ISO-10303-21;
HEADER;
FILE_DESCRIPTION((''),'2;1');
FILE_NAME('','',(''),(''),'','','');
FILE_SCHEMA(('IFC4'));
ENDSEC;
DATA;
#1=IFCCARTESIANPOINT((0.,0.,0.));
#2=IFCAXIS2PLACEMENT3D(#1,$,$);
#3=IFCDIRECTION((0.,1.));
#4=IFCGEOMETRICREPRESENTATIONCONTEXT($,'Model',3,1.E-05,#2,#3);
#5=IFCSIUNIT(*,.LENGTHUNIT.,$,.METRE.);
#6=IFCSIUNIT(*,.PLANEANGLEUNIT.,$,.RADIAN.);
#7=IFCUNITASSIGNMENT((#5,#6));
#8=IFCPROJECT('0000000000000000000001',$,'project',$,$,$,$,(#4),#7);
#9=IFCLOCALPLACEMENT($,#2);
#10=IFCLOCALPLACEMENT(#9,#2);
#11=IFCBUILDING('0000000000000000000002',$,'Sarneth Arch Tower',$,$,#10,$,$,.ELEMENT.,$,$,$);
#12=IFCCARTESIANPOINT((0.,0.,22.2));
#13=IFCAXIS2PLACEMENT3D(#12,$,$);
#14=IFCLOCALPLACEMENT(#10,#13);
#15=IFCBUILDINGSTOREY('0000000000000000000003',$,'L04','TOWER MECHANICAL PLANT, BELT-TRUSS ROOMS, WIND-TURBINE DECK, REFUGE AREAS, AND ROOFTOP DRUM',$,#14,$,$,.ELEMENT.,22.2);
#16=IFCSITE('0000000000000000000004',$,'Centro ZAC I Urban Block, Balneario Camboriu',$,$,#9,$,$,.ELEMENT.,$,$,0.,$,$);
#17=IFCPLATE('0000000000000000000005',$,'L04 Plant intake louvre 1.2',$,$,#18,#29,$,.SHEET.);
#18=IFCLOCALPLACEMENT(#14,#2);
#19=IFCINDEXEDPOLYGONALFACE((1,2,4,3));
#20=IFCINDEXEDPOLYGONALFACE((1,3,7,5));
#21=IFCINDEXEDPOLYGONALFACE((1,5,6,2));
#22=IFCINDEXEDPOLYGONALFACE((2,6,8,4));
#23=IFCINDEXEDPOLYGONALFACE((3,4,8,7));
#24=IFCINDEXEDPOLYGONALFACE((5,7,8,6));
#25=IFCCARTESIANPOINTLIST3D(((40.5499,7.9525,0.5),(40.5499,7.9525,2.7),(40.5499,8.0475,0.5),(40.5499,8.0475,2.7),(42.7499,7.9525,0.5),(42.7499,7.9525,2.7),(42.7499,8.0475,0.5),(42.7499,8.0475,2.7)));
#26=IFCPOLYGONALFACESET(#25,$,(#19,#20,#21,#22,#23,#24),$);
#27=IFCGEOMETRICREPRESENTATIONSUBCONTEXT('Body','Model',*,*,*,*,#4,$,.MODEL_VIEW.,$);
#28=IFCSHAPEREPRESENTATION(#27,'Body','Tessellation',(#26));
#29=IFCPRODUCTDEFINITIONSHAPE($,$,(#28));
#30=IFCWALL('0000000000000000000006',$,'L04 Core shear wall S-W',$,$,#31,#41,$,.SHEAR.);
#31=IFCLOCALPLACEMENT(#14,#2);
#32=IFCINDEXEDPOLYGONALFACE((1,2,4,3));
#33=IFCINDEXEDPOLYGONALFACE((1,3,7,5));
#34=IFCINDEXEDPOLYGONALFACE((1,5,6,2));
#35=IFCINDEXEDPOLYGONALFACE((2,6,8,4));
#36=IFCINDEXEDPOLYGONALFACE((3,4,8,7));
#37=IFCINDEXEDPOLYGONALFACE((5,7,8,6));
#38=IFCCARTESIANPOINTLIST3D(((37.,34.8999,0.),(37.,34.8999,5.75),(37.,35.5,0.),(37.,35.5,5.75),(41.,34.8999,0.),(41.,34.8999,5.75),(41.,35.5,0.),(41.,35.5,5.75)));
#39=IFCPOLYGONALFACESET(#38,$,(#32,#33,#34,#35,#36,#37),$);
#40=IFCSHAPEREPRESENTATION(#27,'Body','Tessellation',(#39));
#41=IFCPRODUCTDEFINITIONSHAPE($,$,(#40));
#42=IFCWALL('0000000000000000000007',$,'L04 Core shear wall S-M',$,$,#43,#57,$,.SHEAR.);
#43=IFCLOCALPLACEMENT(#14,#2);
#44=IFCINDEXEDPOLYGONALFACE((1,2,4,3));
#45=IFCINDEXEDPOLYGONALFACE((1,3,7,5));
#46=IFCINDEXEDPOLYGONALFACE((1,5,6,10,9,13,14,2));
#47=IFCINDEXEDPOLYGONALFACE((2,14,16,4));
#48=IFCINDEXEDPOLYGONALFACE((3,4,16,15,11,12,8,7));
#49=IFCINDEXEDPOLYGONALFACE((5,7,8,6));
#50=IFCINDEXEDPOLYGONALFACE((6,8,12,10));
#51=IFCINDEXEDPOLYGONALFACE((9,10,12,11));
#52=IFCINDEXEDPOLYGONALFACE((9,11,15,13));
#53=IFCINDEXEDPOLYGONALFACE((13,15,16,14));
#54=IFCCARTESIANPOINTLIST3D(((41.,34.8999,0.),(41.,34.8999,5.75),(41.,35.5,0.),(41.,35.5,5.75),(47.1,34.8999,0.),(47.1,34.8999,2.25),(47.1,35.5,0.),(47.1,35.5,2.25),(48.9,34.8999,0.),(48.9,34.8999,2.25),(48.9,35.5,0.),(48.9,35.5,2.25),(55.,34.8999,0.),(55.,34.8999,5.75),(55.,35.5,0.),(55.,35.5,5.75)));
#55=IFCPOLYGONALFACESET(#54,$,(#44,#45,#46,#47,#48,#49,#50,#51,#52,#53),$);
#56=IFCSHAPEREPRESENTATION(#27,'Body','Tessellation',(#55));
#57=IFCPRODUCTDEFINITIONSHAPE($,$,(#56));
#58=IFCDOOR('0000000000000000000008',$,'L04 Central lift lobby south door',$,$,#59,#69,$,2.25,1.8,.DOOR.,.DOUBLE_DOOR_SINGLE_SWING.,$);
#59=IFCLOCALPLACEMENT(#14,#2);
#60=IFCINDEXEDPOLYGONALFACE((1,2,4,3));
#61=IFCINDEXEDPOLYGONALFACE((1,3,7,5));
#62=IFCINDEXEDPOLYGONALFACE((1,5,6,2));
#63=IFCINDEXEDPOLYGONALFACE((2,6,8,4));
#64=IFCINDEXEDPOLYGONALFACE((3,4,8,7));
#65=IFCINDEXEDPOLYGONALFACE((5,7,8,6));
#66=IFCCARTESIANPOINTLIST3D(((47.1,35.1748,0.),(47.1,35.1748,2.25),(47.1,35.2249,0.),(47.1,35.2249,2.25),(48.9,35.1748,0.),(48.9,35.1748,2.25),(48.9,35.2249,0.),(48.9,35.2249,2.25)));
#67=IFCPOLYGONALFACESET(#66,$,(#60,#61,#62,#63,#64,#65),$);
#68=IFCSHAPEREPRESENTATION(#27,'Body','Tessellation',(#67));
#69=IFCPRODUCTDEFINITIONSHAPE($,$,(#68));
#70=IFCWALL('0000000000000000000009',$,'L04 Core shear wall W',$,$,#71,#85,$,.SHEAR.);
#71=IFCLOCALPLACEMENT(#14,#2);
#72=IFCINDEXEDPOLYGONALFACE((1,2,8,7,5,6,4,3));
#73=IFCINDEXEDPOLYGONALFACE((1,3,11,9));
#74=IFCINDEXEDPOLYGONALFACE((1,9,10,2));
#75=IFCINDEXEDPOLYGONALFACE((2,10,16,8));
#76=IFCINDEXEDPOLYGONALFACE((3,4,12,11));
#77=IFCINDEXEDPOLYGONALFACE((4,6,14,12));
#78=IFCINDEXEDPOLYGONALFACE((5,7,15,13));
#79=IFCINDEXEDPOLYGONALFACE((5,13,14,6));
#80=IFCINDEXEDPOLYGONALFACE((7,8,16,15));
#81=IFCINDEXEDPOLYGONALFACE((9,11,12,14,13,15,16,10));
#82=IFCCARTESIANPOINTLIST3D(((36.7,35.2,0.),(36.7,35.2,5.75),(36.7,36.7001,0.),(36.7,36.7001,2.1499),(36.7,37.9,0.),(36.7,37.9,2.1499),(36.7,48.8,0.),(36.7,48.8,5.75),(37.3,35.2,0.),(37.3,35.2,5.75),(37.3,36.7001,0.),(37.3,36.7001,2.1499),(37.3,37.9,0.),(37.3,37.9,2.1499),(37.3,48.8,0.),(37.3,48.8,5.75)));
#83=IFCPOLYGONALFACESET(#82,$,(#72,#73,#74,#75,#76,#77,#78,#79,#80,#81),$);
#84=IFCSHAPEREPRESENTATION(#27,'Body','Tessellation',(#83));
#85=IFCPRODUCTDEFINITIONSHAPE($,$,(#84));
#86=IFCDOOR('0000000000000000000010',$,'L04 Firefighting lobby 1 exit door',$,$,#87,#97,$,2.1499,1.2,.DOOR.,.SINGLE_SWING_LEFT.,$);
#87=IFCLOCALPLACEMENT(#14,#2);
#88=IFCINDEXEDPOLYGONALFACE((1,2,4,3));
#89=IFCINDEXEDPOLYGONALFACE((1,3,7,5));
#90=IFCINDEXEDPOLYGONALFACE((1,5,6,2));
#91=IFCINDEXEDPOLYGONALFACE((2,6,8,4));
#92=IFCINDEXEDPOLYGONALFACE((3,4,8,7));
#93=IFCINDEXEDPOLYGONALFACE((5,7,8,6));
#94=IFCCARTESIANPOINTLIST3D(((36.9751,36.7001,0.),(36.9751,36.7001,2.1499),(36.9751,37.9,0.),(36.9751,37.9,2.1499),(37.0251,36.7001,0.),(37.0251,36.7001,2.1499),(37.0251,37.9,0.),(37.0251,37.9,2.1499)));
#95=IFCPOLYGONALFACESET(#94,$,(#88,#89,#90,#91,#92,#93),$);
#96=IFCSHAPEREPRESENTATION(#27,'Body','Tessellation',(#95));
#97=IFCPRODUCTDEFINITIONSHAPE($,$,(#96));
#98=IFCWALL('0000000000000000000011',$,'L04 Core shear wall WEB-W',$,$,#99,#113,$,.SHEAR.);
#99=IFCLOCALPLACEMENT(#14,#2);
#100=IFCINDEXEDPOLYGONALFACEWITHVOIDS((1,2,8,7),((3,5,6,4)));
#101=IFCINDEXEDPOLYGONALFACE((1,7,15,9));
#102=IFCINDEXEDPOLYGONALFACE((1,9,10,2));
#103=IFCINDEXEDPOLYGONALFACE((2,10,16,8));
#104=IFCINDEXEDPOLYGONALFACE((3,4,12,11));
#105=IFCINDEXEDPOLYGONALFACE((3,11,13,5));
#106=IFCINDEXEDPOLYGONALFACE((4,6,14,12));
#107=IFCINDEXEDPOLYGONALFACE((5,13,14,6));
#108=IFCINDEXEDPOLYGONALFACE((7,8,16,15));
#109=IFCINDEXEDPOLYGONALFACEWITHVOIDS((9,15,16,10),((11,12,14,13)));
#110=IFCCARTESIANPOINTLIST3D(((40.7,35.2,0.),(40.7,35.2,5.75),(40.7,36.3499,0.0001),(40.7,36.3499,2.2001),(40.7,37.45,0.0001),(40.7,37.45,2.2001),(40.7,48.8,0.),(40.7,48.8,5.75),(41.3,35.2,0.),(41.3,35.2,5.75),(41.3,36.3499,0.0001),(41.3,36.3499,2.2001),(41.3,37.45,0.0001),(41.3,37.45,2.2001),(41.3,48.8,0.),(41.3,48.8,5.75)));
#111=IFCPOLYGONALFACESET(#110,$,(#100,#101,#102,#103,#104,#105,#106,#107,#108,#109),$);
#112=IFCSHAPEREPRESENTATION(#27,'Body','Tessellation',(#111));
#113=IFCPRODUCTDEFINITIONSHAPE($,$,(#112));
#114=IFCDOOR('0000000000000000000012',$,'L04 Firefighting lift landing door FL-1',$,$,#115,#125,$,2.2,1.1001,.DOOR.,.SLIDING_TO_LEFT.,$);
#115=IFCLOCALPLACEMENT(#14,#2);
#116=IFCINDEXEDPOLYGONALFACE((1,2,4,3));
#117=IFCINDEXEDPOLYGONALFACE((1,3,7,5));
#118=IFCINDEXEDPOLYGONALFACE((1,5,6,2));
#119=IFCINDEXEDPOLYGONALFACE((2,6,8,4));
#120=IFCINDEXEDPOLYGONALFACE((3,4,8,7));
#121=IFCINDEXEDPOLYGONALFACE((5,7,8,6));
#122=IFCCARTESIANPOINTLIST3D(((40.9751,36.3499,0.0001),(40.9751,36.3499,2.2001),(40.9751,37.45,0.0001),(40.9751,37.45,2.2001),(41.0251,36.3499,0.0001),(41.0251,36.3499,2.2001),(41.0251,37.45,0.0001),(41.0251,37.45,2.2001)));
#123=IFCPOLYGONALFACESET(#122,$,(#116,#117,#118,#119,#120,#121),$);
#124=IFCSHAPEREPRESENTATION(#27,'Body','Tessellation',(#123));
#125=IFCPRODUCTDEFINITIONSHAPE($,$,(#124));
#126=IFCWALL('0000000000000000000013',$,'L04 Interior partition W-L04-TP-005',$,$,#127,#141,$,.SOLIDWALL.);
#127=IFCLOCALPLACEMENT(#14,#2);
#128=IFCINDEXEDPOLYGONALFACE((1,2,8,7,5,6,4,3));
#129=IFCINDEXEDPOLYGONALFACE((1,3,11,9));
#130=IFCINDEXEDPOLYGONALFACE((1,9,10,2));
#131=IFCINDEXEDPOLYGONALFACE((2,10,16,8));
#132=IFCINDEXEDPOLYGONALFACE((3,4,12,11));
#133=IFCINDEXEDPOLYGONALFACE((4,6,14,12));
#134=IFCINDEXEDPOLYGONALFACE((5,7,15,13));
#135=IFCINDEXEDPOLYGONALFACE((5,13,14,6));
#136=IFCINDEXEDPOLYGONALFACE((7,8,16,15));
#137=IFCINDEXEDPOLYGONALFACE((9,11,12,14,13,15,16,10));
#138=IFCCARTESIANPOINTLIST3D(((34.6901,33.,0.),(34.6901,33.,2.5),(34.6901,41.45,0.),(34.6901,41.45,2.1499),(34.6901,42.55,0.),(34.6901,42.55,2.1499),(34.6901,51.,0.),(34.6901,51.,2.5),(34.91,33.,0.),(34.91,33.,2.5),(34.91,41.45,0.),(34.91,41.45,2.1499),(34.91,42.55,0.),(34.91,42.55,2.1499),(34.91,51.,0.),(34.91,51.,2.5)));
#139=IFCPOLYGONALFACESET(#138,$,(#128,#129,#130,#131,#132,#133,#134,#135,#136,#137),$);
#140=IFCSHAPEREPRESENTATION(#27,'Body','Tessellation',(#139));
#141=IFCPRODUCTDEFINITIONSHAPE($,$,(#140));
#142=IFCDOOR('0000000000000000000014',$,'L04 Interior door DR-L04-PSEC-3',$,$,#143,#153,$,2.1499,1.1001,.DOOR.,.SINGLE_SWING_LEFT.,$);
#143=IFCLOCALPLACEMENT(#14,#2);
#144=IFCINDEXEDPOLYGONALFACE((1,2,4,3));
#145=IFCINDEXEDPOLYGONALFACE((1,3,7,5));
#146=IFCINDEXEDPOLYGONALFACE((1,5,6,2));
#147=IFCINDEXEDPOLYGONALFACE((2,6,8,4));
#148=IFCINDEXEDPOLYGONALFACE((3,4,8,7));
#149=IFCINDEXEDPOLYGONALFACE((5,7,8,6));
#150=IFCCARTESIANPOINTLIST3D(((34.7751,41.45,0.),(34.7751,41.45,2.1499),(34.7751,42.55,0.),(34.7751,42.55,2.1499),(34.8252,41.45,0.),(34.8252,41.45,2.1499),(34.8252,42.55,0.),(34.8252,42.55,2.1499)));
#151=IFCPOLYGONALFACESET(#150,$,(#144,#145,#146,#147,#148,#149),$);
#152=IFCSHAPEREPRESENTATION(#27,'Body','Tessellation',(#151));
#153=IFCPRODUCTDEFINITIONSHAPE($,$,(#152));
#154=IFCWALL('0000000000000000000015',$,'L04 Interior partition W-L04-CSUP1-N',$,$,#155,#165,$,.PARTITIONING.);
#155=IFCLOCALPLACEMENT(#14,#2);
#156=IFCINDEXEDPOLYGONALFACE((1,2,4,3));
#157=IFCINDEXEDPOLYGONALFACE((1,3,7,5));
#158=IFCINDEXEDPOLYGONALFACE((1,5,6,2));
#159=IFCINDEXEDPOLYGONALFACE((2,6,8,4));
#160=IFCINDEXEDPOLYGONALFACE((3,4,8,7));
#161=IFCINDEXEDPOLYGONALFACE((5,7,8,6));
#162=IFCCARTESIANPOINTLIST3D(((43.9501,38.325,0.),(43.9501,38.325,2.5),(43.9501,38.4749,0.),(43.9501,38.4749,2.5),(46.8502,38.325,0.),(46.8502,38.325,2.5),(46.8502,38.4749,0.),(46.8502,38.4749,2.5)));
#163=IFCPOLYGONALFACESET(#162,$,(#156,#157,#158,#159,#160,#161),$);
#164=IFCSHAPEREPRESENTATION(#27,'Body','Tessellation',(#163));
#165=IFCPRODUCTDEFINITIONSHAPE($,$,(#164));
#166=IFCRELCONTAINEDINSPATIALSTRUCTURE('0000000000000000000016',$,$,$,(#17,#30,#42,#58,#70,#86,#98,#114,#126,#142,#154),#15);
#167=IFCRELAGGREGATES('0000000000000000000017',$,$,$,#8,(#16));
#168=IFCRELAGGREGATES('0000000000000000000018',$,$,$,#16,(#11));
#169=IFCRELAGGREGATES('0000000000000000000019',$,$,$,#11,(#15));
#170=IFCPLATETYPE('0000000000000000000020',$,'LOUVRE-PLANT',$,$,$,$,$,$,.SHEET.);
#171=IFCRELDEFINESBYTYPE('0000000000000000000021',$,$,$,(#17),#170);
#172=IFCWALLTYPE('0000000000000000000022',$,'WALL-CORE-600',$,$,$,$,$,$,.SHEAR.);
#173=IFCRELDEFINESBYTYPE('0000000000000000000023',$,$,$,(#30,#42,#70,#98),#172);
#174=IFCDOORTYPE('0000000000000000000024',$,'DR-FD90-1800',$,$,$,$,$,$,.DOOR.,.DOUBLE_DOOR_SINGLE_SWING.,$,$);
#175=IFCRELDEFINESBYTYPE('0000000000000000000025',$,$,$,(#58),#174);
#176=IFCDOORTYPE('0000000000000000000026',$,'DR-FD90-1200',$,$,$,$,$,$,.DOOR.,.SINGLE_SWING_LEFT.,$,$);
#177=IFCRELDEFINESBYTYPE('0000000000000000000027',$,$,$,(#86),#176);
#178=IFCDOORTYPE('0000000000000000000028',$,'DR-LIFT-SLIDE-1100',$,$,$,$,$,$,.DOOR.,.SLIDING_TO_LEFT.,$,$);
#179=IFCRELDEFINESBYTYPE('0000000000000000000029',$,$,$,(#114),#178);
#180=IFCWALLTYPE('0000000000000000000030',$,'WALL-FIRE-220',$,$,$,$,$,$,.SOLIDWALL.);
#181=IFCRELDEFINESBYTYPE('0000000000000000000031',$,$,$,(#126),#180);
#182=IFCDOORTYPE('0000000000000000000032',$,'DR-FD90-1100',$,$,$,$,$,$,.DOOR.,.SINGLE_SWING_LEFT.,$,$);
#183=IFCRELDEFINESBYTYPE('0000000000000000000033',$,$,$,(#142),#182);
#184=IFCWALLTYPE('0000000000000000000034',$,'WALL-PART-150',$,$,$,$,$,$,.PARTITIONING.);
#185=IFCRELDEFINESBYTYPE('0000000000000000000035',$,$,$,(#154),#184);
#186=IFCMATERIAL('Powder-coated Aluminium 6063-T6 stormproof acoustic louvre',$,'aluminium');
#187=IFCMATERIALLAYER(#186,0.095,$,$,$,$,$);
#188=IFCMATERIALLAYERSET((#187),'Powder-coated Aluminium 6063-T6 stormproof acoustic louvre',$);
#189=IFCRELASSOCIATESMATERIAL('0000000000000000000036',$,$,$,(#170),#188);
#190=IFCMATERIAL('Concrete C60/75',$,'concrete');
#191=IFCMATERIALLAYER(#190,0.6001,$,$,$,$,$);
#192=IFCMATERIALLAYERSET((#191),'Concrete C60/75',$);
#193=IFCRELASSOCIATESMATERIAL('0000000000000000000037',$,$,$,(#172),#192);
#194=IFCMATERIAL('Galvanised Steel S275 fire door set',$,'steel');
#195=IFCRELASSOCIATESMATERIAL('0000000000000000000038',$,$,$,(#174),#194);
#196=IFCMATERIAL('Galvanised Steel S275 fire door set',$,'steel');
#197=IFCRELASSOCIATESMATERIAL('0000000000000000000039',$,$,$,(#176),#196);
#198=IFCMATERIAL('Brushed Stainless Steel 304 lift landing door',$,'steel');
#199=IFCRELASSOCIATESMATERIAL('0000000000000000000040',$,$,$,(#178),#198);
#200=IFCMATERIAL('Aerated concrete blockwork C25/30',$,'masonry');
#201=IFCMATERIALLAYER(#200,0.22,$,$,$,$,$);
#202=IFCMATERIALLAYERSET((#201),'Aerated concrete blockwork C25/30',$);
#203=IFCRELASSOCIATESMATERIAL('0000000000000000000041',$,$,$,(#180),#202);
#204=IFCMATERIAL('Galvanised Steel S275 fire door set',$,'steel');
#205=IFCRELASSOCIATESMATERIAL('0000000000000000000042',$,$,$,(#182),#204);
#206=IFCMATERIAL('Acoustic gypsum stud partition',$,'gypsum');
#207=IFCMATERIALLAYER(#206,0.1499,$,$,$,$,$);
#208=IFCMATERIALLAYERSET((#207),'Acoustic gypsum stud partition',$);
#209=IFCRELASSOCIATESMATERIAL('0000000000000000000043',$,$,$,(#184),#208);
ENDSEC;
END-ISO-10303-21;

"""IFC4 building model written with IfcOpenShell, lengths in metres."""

from ifc_helpers import new_model, si_unit, direction, frame, frame_2d, origin, origin_2d, place, context, subcontext, project, spatial, rectangle, extrude, material, layer, layer_set, type_object, element, fill, save


model = new_model("IFC4")

# Units and contexts
model_context = context("Model", 3, precision=1e-05, world=origin(), true_north=direction((0.0, 1.0)))
body_context = subcontext(model_context, "Body", "Model", "MODEL_VIEW")
ifc_project = project(units=[si_unit("LENGTHUNIT", "METRE"), si_unit("PLANEANGLEUNIT", "RADIAN")], contexts=[model_context])

# Site, building, storey
site_placement = place(None, origin())
site = spatial("IfcSite", under=ifc_project, at=site_placement, Name="Centro ZAC I Urban Block, Balneario Camboriu", CompositionType="ELEMENT", RefElevation=0.0)
building_placement = place(site_placement, origin())
building = spatial("IfcBuilding", under=site, at=building_placement, Name="Sarneth Arch Tower", CompositionType="ELEMENT")
storey_placement = place(building_placement, frame((0.0, 0.0, 22.2)))
storey = spatial("IfcBuildingStorey", under=building, at=storey_placement, Name="L04", Description="TOWER MECHANICAL PLANT, BELT-TRUSS ROOMS, WIND-TURBINE DECK, REFUGE AREAS, AND ROOFTOP DRUM", CompositionType="ELEMENT", Elevation=22.2)

# Plate
ifc_material_1 = material(Name="Powder-coated Aluminium 6063-T6 stormproof acoustic louvre", Category="aluminium")
ifc_layer_1 = layer(ifc_material_1, 0.095)
ifc_layer_set_1 = layer_set([ifc_layer_1], Name="Powder-coated Aluminium 6063-T6 stormproof acoustic louvre")
plate_type = type_object("IfcPlateType", Name="LOUVRE-PLANT", PredefinedType="SHEET", material=ifc_layer_set_1)
plate_placement = place(storey_placement, frame((41.6499, 8.0, 0.5), z_axis=(0.0, 0.0, 1.0), x_axis=(1.0, 0.0, 0.0)))
element("IfcPlate", 1, at=plate_placement, inside=storey, type_object=plate_type, Name="L04 Plant intake louvre 1.2", PredefinedType="SHEET", context=body_context, shape_type="SweptSolid", body=[
    extrude(rectangle(XDim=2.2, YDim=0.095, at=origin_2d()), origin(), (0.0, 0.0, 1.0), 2.2),
])

# Wall
ifc_material_2 = material(Name="Concrete C60/75", Category="concrete")
ifc_layer_2 = layer(ifc_material_2, 0.6001)
ifc_layer_set_2 = layer_set([ifc_layer_2], Name="Concrete C60/75")
wall_type_1 = type_object("IfcWallType", Name="WALL-CORE-600", PredefinedType="SHEAR", material=ifc_layer_set_2)
wall_1_placement = place(storey_placement, frame((37.0, 35.2, 0.0), z_axis=(0.0, 0.0, 1.0), x_axis=(1.0, 0.0, 0.0)))
element("IfcWall", 2, at=wall_1_placement, inside=storey, type_object=wall_type_1, Name="L04 Core shear wall S-W", PredefinedType="SHEAR", context=body_context, shape_type="SweptSolid", body=[
    extrude(rectangle(XDim=4.0, YDim=0.6001, at=frame_2d((2.0, 0.0))), origin(), (0.0, 0.0, 1.0), 5.75),
])

# Walls, openings, doors
wall_2_placement = place(storey_placement, frame((41.0, 35.2, 0.0), z_axis=(0.0, 0.0, 1.0), x_axis=(1.0, 0.0, 0.0)))
wall_2 = element("IfcWall", 3, at=wall_2_placement, inside=storey, type_object=wall_type_1, Name="L04 Core shear wall S-M", PredefinedType="SHEAR", context=body_context, shape_type="SweptSolid", body=[
    extrude(rectangle(XDim=14.0, YDim=0.6001, at=frame_2d((7.0, 0.0))), origin(), (0.0, 0.0, 1.0), 5.75),
])
opening_1_placement = place(wall_2_placement, frame((6.1001, 0.0, 0.0)))
opening_1 = element("IfcOpeningElement", 4, at=opening_1_placement, cuts=wall_2, PredefinedType="OPENING", context=body_context, shape_type="SweptSolid", body=[
    extrude(rectangle(XDim=1.8, YDim=2.25, at=frame_2d((0.8999, 1.125))), frame((0.0, 0.3101, 0.0), z_axis=(0.0, -1.0, 0.0), x_axis=(1.0, 0.0, 0.0)), (0.0, 0.0, 1.0), 0.6201),
])
ifc_material_3 = material(Name="Galvanised Steel S275 fire door set", Category="steel")
door_type_1 = type_object("IfcDoorType", Name="DR-FD90-1800", OperationType="DOUBLE_DOOR_SINGLE_SWING", PredefinedType="DOOR", material=ifc_material_3)
door_1_placement = place(opening_1_placement, origin())
door_1 = element("IfcDoor", 5, at=door_1_placement, inside=storey, type_object=door_type_1, Name="L04 Central lift lobby south door", OperationType="DOUBLE_DOOR_SINGLE_SWING", OverallHeight=2.25, OverallWidth=1.8, PredefinedType="DOOR", context=body_context, shape_type="SweptSolid", body=[
    extrude(rectangle(XDim=1.8, YDim=2.25, at=frame_2d((0.8999, 1.125))), frame((0.0, 0.0249, 0.0), z_axis=(0.0, -1.0, 0.0), x_axis=(1.0, 0.0, 0.0)), (0.0, 0.0, 1.0), 0.05),
])
fill(opening_1, door_1)
wall_3_placement = place(storey_placement, frame((37.0, 35.2, 0.0), z_axis=(0.0, 0.0, 1.0), x_axis=(0.0, 1.0, 0.0)))
wall_3 = element("IfcWall", 6, at=wall_3_placement, inside=storey, type_object=wall_type_1, Name="L04 Core shear wall W", PredefinedType="SHEAR", context=body_context, shape_type="SweptSolid", body=[
    extrude(rectangle(XDim=13.6001, YDim=0.6001, at=frame_2d((6.8, 0.0))), origin(), (0.0, 0.0, 1.0), 5.75),
])
opening_2_placement = place(wall_3_placement, frame((1.5, 0.0, 0.0)))
opening_2 = element("IfcOpeningElement", 7, at=opening_2_placement, cuts=wall_3, PredefinedType="OPENING", context=body_context, shape_type="SweptSolid", body=[
    extrude(rectangle(XDim=1.2, YDim=2.1499, at=frame_2d((0.6001, 1.075))), frame((0.0, 0.3101, 0.0), z_axis=(0.0, -1.0, 0.0), x_axis=(1.0, 0.0, 0.0)), (0.0, 0.0, 1.0), 0.6201),
])
ifc_material_4 = material(Name="Galvanised Steel S275 fire door set", Category="steel")
door_type_2 = type_object("IfcDoorType", Name="DR-FD90-1200", OperationType="SINGLE_SWING_LEFT", PredefinedType="DOOR", material=ifc_material_4)
door_2_placement = place(opening_2_placement, origin())
door_2 = element("IfcDoor", 8, at=door_2_placement, inside=storey, type_object=door_type_2, Name="L04 Firefighting lobby 1 exit door", OperationType="SINGLE_SWING_LEFT", OverallHeight=2.1499, OverallWidth=1.2, PredefinedType="DOOR", context=body_context, shape_type="SweptSolid", body=[
    extrude(rectangle(XDim=1.2, YDim=2.1499, at=frame_2d((0.6001, 1.075))), frame((0.0, 0.0249, 0.0), z_axis=(0.0, -1.0, 0.0), x_axis=(1.0, 0.0, 0.0)), (0.0, 0.0, 1.0), 0.05),
])
fill(opening_2, door_2)
wall_4_placement = place(storey_placement, frame((41.0, 35.2, 0.0), z_axis=(0.0, 0.0, 1.0), x_axis=(0.0, 1.0, 0.0)))
wall_4 = element("IfcWall", 9, at=wall_4_placement, inside=storey, type_object=wall_type_1, Name="L04 Core shear wall WEB-W", PredefinedType="SHEAR", context=body_context, shape_type="SweptSolid", body=[
    extrude(rectangle(XDim=13.6001, YDim=0.6001, at=frame_2d((6.8, 0.0))), origin(), (0.0, 0.0, 1.0), 5.75),
])
opening_3_placement = place(wall_4_placement, frame((1.1499, 0.0, 0.0)))
opening_3 = element("IfcOpeningElement", 10, at=opening_3_placement, cuts=wall_4, PredefinedType="OPENING", context=body_context, shape_type="SweptSolid", body=[
    extrude(rectangle(XDim=1.1001, YDim=2.2, at=frame_2d((0.55, 1.1001))), frame((0.0, 0.3101, 0.0), z_axis=(0.0, -1.0, 0.0), x_axis=(1.0, 0.0, 0.0)), (0.0, 0.0, 1.0), 0.6201),
])
ifc_material_5 = material(Name="Brushed Stainless Steel 304 lift landing door", Category="steel")
door_type_3 = type_object("IfcDoorType", Name="DR-LIFT-SLIDE-1100", OperationType="SLIDING_TO_LEFT", PredefinedType="DOOR", material=ifc_material_5)
door_3_placement = place(opening_3_placement, origin())
door_3 = element("IfcDoor", 11, at=door_3_placement, inside=storey, type_object=door_type_3, Name="L04 Firefighting lift landing door FL-1", OperationType="SLIDING_TO_LEFT", OverallHeight=2.2, OverallWidth=1.1001, PredefinedType="DOOR", context=body_context, shape_type="SweptSolid", body=[
    extrude(rectangle(XDim=1.1001, YDim=2.2, at=frame_2d((0.55, 1.1001))), frame((0.0, 0.0249, 0.0), z_axis=(0.0, -1.0, 0.0), x_axis=(1.0, 0.0, 0.0)), (0.0, 0.0, 1.0), 0.05),
])
fill(opening_3, door_3)
ifc_material_6 = material(Name="Aerated concrete blockwork C25/30", Category="masonry")
ifc_layer_3 = layer(ifc_material_6, 0.22)
ifc_layer_set_3 = layer_set([ifc_layer_3], Name="Aerated concrete blockwork C25/30")
wall_type_2 = type_object("IfcWallType", Name="WALL-FIRE-220", PredefinedType="SOLIDWALL", material=ifc_layer_set_3)
wall_5_placement = place(storey_placement, frame((34.8, 33.0, 0.0), z_axis=(0.0, 0.0, 1.0), x_axis=(0.0, 1.0, 0.0)))
wall_5 = element("IfcWall", 12, at=wall_5_placement, inside=storey, type_object=wall_type_2, Name="L04 Interior partition W-L04-TP-005", PredefinedType="SOLIDWALL", context=body_context, shape_type="SweptSolid", body=[
    extrude(rectangle(XDim=18.0, YDim=0.22, at=frame_2d((9.0, 0.0))), origin(), (0.0, 0.0, 1.0), 2.5),
])
opening_4_placement = place(wall_5_placement, frame((8.45, 0.0, 0.0)))
opening_4 = element("IfcOpeningElement", 13, at=opening_4_placement, cuts=wall_5, PredefinedType="OPENING", context=body_context, shape_type="SweptSolid", body=[
    extrude(rectangle(XDim=1.1001, YDim=2.1499, at=frame_2d((0.55, 1.075))), frame((0.0, 0.1199, 0.0), z_axis=(0.0, -1.0, 0.0), x_axis=(1.0, 0.0, 0.0)), (0.0, 0.0, 1.0), 0.24),
])
ifc_material_7 = material(Name="Galvanised Steel S275 fire door set", Category="steel")
door_type_4 = type_object("IfcDoorType", Name="DR-FD90-1100", OperationType="SINGLE_SWING_LEFT", PredefinedType="DOOR", material=ifc_material_7)
door_4_placement = place(opening_4_placement, origin())
door_4 = element("IfcDoor", 14, at=door_4_placement, inside=storey, type_object=door_type_4, Name="L04 Interior door DR-L04-PSEC-3", OperationType="SINGLE_SWING_LEFT", OverallHeight=2.1499, OverallWidth=1.1001, PredefinedType="DOOR", context=body_context, shape_type="SweptSolid", body=[
    extrude(rectangle(XDim=1.1001, YDim=2.1499, at=frame_2d((0.55, 1.075))), frame((0.0, 0.0249, 0.0), z_axis=(0.0, -1.0, 0.0), x_axis=(1.0, 0.0, 0.0)), (0.0, 0.0, 1.0), 0.05),
])
fill(opening_4, door_4)

# Wall
ifc_material_8 = material(Name="Acoustic gypsum stud partition", Category="gypsum")
ifc_layer_4 = layer(ifc_material_8, 0.1499)
ifc_layer_set_4 = layer_set([ifc_layer_4], Name="Acoustic gypsum stud partition")
wall_type_3 = type_object("IfcWallType", Name="WALL-PART-150", PredefinedType="PARTITIONING", material=ifc_layer_set_4)
wall_6_placement = place(storey_placement, frame((43.95, 38.3999, 0.0), z_axis=(0.0, 0.0, 1.0), x_axis=(1.0, 0.0, 0.0)))
element("IfcWall", 15, at=wall_6_placement, inside=storey, type_object=wall_type_3, Name="L04 Interior partition W-L04-CSUP1-N", PredefinedType="PARTITIONING", context=body_context, shape_type="SweptSolid", body=[
    extrude(rectangle(XDim=2.9001, YDim=0.1499, at=frame_2d((1.4502, 0.0))), origin(), (0.0, 0.0, 1.0), 2.5),
])

save(model, "model.ifc")
